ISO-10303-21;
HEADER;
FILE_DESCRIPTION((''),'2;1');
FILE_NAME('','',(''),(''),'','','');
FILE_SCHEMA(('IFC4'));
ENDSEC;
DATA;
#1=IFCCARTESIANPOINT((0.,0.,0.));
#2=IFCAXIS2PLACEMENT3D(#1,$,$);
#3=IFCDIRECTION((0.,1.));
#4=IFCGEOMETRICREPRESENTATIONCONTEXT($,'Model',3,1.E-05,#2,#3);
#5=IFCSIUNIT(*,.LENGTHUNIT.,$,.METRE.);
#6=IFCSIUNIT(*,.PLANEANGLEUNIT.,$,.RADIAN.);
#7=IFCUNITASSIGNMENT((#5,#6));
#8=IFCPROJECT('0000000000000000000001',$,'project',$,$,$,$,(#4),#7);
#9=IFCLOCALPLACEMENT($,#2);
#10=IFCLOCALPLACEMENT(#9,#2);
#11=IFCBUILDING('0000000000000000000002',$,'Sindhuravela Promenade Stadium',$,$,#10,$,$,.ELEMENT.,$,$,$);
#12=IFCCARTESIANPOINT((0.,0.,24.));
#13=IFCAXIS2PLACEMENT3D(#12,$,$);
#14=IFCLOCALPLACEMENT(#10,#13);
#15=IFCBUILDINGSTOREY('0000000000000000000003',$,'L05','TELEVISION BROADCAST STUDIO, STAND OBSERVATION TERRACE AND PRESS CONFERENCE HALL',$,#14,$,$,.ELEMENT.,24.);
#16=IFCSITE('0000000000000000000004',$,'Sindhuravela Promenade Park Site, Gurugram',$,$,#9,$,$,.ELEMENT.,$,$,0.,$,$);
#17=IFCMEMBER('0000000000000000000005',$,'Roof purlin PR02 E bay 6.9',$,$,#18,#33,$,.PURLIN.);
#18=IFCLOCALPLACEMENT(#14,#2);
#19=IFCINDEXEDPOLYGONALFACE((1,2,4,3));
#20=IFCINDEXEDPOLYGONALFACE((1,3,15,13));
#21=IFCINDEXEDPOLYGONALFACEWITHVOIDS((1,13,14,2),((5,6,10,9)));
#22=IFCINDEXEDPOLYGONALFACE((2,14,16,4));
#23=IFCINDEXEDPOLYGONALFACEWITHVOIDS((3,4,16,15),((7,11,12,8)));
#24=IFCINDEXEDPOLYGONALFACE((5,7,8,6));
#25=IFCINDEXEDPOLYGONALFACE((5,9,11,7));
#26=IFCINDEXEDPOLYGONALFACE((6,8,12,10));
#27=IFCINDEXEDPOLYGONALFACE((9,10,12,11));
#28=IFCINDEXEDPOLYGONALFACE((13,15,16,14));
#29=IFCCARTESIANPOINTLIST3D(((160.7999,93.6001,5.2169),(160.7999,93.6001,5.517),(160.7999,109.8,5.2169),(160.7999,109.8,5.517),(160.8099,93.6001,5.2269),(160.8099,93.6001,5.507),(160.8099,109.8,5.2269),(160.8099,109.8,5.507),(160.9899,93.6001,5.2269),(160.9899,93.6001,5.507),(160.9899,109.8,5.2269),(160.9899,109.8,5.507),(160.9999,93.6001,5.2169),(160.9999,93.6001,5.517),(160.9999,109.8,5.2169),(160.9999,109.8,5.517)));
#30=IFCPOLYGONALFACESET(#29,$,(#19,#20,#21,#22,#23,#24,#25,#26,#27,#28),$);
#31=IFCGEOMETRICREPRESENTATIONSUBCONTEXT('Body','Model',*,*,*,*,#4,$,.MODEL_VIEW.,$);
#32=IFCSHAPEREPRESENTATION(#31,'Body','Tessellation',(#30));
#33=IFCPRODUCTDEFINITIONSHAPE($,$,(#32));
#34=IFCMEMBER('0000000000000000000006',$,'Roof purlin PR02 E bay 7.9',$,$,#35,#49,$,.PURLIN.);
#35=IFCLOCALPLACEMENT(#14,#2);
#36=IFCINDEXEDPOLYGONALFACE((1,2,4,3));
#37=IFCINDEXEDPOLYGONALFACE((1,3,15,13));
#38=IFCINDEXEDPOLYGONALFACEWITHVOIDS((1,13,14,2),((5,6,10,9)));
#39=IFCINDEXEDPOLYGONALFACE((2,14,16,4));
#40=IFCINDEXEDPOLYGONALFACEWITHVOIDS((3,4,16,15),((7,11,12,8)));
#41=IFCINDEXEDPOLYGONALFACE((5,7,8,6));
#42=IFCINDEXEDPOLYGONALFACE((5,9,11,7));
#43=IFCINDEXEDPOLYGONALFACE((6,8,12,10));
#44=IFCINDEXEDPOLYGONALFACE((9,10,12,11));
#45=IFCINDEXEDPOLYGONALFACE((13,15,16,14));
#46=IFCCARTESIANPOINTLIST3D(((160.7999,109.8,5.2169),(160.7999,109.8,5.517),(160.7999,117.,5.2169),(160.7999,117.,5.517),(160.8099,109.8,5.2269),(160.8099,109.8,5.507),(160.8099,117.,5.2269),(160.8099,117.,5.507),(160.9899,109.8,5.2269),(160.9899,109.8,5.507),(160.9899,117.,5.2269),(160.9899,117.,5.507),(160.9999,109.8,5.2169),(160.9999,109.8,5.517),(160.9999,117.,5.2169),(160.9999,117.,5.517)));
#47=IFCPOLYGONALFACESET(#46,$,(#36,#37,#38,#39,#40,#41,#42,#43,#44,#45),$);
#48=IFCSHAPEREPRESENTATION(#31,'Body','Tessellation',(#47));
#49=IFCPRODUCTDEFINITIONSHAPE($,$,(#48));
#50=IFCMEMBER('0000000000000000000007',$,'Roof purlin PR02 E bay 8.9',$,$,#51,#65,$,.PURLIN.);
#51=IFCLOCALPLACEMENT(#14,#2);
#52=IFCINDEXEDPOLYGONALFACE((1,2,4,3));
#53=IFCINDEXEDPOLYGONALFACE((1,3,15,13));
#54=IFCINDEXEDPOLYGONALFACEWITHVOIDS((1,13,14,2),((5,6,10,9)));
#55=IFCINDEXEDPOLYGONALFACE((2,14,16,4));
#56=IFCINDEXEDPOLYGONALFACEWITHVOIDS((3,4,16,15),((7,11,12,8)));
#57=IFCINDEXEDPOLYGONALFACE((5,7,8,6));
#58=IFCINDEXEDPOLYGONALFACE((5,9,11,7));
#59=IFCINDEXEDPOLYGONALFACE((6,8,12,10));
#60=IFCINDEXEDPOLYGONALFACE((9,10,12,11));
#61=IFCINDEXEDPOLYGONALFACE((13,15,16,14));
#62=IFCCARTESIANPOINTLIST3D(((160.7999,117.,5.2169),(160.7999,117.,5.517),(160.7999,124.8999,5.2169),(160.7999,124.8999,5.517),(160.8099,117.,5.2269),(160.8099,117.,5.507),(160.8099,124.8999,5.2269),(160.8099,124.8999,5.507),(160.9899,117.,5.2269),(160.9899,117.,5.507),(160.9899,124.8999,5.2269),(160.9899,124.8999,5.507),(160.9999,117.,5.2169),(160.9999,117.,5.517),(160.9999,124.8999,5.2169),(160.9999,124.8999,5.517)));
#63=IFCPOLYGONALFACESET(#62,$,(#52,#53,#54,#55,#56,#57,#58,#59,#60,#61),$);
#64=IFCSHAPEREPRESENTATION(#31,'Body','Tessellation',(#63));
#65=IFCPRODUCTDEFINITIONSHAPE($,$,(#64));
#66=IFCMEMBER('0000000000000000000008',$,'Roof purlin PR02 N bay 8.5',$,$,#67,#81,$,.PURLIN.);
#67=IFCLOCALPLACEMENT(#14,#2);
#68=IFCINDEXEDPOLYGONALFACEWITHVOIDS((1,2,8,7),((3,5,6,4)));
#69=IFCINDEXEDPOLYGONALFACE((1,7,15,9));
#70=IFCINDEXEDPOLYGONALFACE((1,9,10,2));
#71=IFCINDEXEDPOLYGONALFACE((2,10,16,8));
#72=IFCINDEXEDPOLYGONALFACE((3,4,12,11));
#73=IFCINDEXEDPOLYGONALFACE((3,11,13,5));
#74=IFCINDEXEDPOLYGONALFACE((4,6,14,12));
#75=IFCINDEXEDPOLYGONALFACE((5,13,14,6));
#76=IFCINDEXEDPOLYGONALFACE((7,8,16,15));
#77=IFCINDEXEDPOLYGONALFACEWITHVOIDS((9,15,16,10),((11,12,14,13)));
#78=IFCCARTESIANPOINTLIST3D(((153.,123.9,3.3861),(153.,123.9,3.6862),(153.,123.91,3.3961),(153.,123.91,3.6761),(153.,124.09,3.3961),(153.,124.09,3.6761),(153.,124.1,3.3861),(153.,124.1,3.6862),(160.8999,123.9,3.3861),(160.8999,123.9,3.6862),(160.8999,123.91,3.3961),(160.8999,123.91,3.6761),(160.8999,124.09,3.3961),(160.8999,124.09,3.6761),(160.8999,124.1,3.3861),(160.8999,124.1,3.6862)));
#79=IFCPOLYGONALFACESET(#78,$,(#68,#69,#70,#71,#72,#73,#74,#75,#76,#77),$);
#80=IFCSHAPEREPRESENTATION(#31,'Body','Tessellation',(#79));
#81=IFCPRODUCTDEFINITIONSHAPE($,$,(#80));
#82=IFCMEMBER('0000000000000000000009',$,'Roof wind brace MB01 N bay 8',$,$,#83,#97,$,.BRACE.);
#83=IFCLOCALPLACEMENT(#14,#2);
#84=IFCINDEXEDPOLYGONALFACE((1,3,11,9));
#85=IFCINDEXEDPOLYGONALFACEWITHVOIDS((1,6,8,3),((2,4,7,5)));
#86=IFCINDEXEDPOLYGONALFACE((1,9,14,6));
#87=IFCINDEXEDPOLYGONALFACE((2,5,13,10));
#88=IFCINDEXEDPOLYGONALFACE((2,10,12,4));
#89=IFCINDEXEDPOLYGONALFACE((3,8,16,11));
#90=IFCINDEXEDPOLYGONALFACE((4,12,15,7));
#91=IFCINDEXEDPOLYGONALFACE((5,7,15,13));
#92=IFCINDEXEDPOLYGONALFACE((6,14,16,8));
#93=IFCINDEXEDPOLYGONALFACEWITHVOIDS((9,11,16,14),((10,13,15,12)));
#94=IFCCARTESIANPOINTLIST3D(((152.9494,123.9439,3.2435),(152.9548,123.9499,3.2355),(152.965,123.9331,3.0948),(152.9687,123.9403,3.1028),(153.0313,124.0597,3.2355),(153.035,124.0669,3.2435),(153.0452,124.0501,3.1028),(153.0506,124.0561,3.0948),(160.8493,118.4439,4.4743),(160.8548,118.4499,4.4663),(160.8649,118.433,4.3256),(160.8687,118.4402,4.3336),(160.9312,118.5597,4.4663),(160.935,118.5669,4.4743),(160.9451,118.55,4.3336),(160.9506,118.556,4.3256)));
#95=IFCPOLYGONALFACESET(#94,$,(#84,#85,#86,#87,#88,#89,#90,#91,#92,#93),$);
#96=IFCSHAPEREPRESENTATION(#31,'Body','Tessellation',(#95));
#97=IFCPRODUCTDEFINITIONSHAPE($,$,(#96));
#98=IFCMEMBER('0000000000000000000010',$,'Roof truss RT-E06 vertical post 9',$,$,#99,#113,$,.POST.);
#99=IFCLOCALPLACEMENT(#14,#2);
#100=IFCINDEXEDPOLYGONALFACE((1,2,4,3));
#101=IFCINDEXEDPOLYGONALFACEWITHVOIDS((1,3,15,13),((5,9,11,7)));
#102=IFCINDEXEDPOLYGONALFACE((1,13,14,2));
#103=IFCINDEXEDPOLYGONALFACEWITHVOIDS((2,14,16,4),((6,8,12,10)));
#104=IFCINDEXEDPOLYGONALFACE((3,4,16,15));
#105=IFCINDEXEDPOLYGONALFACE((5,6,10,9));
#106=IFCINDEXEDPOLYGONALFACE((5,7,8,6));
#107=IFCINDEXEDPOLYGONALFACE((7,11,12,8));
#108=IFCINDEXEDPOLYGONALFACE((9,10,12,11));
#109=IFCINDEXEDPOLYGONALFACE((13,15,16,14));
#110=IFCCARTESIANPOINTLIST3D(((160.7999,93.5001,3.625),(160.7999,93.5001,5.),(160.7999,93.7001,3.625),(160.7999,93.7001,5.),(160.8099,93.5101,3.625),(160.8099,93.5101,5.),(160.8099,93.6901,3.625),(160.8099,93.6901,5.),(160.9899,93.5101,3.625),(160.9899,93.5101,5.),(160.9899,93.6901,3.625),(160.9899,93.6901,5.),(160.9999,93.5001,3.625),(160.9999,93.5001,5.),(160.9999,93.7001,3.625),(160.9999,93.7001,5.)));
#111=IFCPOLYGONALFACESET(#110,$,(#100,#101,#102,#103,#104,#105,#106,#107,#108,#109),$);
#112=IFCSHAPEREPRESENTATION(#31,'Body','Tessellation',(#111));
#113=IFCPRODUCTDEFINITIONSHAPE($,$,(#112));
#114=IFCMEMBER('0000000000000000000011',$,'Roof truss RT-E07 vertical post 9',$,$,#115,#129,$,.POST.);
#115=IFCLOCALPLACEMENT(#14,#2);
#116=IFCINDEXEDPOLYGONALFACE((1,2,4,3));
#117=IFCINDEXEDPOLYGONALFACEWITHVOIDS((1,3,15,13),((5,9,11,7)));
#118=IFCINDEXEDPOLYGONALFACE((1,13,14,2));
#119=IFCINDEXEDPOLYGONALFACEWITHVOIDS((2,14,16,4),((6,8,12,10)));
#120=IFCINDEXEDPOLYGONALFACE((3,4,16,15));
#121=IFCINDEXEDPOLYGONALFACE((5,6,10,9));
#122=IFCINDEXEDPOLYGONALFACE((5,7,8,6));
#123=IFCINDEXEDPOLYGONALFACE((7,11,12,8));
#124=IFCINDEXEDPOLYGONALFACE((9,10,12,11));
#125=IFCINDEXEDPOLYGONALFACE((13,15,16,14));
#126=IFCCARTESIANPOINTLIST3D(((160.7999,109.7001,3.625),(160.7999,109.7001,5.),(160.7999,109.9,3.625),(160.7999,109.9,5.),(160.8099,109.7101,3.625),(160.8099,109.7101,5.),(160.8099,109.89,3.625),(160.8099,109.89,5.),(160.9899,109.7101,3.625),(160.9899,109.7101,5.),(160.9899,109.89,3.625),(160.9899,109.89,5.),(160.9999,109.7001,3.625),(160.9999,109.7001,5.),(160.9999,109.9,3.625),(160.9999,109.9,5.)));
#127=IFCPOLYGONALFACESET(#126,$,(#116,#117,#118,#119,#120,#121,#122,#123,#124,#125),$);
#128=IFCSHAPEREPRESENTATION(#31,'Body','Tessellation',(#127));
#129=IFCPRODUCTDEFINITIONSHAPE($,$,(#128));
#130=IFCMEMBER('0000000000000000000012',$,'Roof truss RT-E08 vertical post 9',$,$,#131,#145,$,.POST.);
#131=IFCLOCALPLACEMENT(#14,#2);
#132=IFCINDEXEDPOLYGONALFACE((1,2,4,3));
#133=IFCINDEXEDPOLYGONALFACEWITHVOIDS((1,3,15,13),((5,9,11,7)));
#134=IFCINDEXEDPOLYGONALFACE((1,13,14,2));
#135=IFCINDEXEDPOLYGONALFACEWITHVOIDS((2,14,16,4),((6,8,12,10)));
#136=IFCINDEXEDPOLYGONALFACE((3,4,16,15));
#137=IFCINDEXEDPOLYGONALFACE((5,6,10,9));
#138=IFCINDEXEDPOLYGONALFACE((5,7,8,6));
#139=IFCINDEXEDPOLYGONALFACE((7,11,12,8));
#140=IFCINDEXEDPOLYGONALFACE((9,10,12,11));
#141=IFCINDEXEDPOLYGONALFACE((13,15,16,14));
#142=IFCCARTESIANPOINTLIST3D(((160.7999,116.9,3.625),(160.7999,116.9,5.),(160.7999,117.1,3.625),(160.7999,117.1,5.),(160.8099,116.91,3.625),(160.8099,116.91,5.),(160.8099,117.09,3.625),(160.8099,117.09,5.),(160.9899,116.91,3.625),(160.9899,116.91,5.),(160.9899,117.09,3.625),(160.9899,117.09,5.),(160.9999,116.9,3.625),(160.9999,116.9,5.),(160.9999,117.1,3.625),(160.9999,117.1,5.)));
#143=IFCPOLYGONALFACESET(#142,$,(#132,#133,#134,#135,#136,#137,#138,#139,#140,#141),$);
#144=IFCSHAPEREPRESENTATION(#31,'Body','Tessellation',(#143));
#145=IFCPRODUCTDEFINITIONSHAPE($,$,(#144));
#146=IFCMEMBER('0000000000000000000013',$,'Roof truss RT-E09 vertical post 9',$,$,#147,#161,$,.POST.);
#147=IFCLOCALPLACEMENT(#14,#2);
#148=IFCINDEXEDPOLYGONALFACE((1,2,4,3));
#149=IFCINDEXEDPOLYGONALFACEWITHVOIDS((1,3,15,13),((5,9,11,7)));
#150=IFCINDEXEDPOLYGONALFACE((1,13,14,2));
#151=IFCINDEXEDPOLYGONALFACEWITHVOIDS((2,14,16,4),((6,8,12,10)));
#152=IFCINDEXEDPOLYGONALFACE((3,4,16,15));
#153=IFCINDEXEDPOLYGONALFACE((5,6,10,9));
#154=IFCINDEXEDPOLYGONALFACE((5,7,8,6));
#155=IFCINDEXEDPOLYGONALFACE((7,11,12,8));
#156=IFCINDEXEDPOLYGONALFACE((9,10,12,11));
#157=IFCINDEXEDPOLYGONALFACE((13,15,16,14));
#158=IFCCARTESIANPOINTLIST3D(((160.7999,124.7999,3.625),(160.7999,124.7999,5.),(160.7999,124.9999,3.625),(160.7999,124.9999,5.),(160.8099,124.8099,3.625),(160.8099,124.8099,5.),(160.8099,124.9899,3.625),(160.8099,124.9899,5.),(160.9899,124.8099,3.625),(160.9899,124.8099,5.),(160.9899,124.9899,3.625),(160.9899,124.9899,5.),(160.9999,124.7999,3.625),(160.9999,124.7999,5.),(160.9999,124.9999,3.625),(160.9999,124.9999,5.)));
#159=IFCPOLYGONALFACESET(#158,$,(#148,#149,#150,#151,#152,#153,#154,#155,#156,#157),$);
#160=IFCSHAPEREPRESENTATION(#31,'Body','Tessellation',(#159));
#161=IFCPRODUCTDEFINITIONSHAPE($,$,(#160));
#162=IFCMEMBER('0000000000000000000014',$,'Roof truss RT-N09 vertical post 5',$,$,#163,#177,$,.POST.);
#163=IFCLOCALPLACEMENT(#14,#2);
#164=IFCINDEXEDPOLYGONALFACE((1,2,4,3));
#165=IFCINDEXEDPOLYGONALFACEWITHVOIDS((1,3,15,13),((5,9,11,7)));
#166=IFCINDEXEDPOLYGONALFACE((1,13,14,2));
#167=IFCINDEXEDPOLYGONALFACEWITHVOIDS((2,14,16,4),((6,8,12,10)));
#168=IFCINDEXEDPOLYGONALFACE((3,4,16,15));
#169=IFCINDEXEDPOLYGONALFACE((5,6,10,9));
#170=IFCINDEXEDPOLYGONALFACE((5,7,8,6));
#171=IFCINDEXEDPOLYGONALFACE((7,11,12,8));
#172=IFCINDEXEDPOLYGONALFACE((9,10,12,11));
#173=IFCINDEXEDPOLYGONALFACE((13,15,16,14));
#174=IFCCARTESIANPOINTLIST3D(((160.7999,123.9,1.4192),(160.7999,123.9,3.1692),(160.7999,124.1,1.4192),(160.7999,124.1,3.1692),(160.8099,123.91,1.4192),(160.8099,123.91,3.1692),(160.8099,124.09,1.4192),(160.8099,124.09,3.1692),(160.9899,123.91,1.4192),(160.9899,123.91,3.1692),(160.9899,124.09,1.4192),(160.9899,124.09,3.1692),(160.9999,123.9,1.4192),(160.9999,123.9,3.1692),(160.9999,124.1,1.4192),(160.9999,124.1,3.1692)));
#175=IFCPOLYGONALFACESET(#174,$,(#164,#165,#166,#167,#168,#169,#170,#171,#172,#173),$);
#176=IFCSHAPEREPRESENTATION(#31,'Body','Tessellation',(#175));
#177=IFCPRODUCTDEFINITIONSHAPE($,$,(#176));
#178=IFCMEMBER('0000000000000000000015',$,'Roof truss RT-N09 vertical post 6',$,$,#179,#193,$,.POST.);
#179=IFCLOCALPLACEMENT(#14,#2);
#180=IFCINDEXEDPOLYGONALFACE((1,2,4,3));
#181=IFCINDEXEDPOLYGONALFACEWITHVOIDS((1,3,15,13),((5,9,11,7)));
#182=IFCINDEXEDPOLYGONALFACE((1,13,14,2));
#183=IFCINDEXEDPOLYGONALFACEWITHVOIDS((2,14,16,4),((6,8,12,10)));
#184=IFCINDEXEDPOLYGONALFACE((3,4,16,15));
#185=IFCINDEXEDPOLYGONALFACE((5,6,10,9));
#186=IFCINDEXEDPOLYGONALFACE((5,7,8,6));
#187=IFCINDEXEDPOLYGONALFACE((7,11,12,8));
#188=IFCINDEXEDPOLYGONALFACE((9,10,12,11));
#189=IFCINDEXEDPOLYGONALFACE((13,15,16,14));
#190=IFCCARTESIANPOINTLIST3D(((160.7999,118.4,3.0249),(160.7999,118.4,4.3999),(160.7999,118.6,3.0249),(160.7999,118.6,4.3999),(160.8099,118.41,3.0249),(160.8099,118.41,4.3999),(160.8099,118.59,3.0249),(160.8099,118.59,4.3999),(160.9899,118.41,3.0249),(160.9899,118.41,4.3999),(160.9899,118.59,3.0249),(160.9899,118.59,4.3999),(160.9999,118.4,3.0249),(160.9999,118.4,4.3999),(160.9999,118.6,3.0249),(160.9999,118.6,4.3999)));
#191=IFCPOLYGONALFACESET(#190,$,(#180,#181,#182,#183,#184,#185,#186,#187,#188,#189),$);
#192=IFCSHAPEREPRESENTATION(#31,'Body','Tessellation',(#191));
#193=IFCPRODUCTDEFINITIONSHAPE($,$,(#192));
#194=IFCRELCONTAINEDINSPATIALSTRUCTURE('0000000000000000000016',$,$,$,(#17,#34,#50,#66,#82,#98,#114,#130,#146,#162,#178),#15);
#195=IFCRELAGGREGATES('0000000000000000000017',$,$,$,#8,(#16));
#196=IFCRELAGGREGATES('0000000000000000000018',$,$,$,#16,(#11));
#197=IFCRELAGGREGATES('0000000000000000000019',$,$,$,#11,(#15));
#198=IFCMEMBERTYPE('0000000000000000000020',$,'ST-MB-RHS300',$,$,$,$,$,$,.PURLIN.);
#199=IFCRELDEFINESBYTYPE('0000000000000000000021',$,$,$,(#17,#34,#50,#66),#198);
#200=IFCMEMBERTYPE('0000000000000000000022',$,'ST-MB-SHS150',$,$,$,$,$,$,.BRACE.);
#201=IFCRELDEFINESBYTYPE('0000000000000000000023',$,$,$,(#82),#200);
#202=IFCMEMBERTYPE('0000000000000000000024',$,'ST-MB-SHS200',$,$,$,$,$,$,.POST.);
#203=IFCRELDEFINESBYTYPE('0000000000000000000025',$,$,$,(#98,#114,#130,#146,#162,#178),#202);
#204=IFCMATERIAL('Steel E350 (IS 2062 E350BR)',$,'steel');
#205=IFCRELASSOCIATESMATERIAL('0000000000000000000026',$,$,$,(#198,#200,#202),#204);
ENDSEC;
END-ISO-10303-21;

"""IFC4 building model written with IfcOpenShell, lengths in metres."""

from ifc_helpers import new_model, si_unit, direction, frame, origin, origin_2d, place, context, subcontext, project, spatial, hollow_rectangle, extrude, material, material_profile, profile_set, type_object, element, save


model = new_model("IFC4")

# Units and contexts
model_context = context("Model", 3, precision=1e-05, world=origin(), true_north=direction((0.0, 1.0)))
body_context = subcontext(model_context, "Body", "Model", "MODEL_VIEW")
ifc_project = project(units=[si_unit("LENGTHUNIT", "METRE"), si_unit("PLANEANGLEUNIT", "RADIAN")], contexts=[model_context])

# Site, building, storey
site_placement = place(None, origin())
site = spatial("IfcSite", under=ifc_project, at=site_placement, Name="Sindhuravela Promenade Park Site, Gurugram", CompositionType="ELEMENT", RefElevation=0.0)
building_placement = place(site_placement, origin())
building = spatial("IfcBuilding", under=site, at=building_placement, Name="Sindhuravela Promenade Stadium", CompositionType="ELEMENT")
storey_placement = place(building_placement, frame((0.0, 0.0, 24.0)))
storey = spatial("IfcBuildingStorey", under=building, at=storey_placement, Name="L05", Description="TELEVISION BROADCAST STUDIO, STAND OBSERVATION TERRACE AND PRESS CONFERENCE HALL", CompositionType="ELEMENT", Elevation=24.0)

# Shared definitions
ifc_material_1 = material(Name="Steel E350 (IS 2062 E350BR)", Category="steel")

# Members
ifc_material_profile_1 = material_profile(ifc_material_1, hollow_rectangle(XDim=0.2, YDim=0.3, WallThickness=0.01, at=origin_2d()), Name="RHS 300x200x10")
ifc_profile_set_1 = profile_set([ifc_material_profile_1], Name="Steel E350 (IS 2062 E350BR)")
member_type_1 = type_object("IfcMemberType", Name="ST-MB-RHS300", PredefinedType="PURLIN", material=ifc_profile_set_1)
member_1_placement = place(storey_placement, frame((160.8999, 93.6001, 5.3669), z_axis=(0.0, 1.0, 0.0), x_axis=(-1.0, 0.0, 0.0)))
element("IfcMember", 1, at=member_1_placement, inside=storey, type_object=member_type_1, Name="Roof purlin PR02 E bay 6.9", PredefinedType="PURLIN", context=body_context, shape_type="SweptSolid", body=[
    extrude(hollow_rectangle(XDim=0.2, YDim=0.3, WallThickness=0.01, at=origin_2d()), origin(), (0.0, 0.0, 1.0), 16.2),
])
member_2_placement = place(storey_placement, frame((160.8999, 109.8, 5.3669), z_axis=(0.0, 1.0, 0.0), x_axis=(-1.0, 0.0, 0.0)))
element("IfcMember", 2, at=member_2_placement, inside=storey, type_object=member_type_1, Name="Roof purlin PR02 E bay 7.9", PredefinedType="PURLIN", context=body_context, shape_type="SweptSolid", body=[
    extrude(hollow_rectangle(XDim=0.2, YDim=0.3, WallThickness=0.01, at=origin_2d()), origin(), (0.0, 0.0, 1.0), 7.2),
])
for number, where, z_axis, x_axis, name in (
    (3, (160.8999, 117.0, 5.3669), (0.0, 1.0, 0.0), (-1.0, 0.0, 0.0), "Roof purlin PR02 E bay 8.9"),
    (4, (153.0, 124.0, 3.5361), (1.0, 0.0, 0.0), (0.0, 1.0, 0.0), "Roof purlin PR02 N bay 8.5"),
):
    element("IfcMember", number, at=place(storey_placement, frame(where, z_axis=z_axis, x_axis=x_axis)), inside=storey, type_object=member_type_1, Name=name, PredefinedType="PURLIN", context=body_context, shape_type="SweptSolid", body=[
        extrude(hollow_rectangle(XDim=0.2, YDim=0.3, WallThickness=0.01, at=origin_2d()), origin(), (0.0, 0.0, 1.0), 7.8999),
    ])
ifc_material_profile_2 = material_profile(ifc_material_1, hollow_rectangle(XDim=0.1499, YDim=0.1499, WallThickness=0.0081, at=origin_2d()), Name="SHS 150x150x8")
ifc_profile_set_2 = profile_set([ifc_material_profile_2], Name="Steel E350 (IS 2062 E350BR)")
member_type_2 = type_object("IfcMemberType", Name="ST-MB-SHS150", PredefinedType="BRACE", material=ifc_profile_set_2)
member_3_placement = place(storey_placement, frame((153.0, 124.0, 3.1692), z_axis=(0.814063, -0.56676, 0.126822), x_axis=(0.571374, 0.82069, 0.0)))
element("IfcMember", 5, at=member_3_placement, inside=storey, type_object=member_type_2, Name="Roof wind brace MB01 N bay 8", PredefinedType="BRACE", context=body_context, shape_type="SweptSolid", body=[
    extrude(hollow_rectangle(XDim=0.1499, YDim=0.1499, WallThickness=0.0081, at=origin_2d()), origin(), (0.0, 0.0, 1.0), 9.7043),
])
ifc_material_profile_3 = material_profile(ifc_material_1, hollow_rectangle(XDim=0.2, YDim=0.2, WallThickness=0.01, at=origin_2d()), Name="SHS 200x200x10")
ifc_profile_set_3 = profile_set([ifc_material_profile_3], Name="Steel E350 (IS 2062 E350BR)")
member_type_3 = type_object("IfcMemberType", Name="ST-MB-SHS200", PredefinedType="POST", material=ifc_profile_set_3)
for number, where, z_axis, x_axis, name in (
    (6, (160.8999, 93.6001, 3.625), (0.0, 0.0, 1.0), (1.0, 0.0, 0.0), "Roof truss RT-E06 vertical post 9"),
    (7, (160.8999, 109.8, 3.625), (0.0, 0.0, 1.0), (1.0, 0.0, 0.0), "Roof truss RT-E07 vertical post 9"),
    (8, (160.8999, 117.0, 3.625), (0.0, 0.0, 1.0), (1.0, 0.0, 0.0), "Roof truss RT-E08 vertical post 9"),
    (9, (160.8999, 124.8999, 3.625), (0.0, 0.0, 1.0), (1.0, 0.0, 0.0), "Roof truss RT-E09 vertical post 9"),
):
    element("IfcMember", number, at=place(storey_placement, frame(where, z_axis=z_axis, x_axis=x_axis)), inside=storey, type_object=member_type_3, Name=name, PredefinedType="POST", context=body_context, shape_type="SweptSolid", body=[
        extrude(hollow_rectangle(XDim=0.2, YDim=0.2, WallThickness=0.01, at=origin_2d()), origin(), (0.0, 0.0, 1.0), 1.375),
    ])
member_4_placement = place(storey_placement, frame((160.8999, 124.0, 1.4192), z_axis=(0.0, 0.0, 1.0), x_axis=(1.0, 0.0, 0.0)))
element("IfcMember", 10, at=member_4_placement, inside=storey, type_object=member_type_3, Name="Roof truss RT-N09 vertical post 5", PredefinedType="POST", context=body_context, shape_type="SweptSolid", body=[
    extrude(hollow_rectangle(XDim=0.2, YDim=0.2, WallThickness=0.01, at=origin_2d()), origin(), (0.0, 0.0, 1.0), 1.75),
])
member_5_placement = place(storey_placement, frame((160.8999, 118.5, 3.0249), z_axis=(0.0, 0.0, 1.0), x_axis=(1.0, 0.0, 0.0)))
element("IfcMember", 11, at=member_5_placement, inside=storey, type_object=member_type_3, Name="Roof truss RT-N09 vertical post 6", PredefinedType="POST", context=body_context, shape_type="SweptSolid", body=[
    extrude(hollow_rectangle(XDim=0.2, YDim=0.2, WallThickness=0.01, at=origin_2d()), origin(), (0.0, 0.0, 1.0), 1.375),
])

save(model, "model.ifc")
